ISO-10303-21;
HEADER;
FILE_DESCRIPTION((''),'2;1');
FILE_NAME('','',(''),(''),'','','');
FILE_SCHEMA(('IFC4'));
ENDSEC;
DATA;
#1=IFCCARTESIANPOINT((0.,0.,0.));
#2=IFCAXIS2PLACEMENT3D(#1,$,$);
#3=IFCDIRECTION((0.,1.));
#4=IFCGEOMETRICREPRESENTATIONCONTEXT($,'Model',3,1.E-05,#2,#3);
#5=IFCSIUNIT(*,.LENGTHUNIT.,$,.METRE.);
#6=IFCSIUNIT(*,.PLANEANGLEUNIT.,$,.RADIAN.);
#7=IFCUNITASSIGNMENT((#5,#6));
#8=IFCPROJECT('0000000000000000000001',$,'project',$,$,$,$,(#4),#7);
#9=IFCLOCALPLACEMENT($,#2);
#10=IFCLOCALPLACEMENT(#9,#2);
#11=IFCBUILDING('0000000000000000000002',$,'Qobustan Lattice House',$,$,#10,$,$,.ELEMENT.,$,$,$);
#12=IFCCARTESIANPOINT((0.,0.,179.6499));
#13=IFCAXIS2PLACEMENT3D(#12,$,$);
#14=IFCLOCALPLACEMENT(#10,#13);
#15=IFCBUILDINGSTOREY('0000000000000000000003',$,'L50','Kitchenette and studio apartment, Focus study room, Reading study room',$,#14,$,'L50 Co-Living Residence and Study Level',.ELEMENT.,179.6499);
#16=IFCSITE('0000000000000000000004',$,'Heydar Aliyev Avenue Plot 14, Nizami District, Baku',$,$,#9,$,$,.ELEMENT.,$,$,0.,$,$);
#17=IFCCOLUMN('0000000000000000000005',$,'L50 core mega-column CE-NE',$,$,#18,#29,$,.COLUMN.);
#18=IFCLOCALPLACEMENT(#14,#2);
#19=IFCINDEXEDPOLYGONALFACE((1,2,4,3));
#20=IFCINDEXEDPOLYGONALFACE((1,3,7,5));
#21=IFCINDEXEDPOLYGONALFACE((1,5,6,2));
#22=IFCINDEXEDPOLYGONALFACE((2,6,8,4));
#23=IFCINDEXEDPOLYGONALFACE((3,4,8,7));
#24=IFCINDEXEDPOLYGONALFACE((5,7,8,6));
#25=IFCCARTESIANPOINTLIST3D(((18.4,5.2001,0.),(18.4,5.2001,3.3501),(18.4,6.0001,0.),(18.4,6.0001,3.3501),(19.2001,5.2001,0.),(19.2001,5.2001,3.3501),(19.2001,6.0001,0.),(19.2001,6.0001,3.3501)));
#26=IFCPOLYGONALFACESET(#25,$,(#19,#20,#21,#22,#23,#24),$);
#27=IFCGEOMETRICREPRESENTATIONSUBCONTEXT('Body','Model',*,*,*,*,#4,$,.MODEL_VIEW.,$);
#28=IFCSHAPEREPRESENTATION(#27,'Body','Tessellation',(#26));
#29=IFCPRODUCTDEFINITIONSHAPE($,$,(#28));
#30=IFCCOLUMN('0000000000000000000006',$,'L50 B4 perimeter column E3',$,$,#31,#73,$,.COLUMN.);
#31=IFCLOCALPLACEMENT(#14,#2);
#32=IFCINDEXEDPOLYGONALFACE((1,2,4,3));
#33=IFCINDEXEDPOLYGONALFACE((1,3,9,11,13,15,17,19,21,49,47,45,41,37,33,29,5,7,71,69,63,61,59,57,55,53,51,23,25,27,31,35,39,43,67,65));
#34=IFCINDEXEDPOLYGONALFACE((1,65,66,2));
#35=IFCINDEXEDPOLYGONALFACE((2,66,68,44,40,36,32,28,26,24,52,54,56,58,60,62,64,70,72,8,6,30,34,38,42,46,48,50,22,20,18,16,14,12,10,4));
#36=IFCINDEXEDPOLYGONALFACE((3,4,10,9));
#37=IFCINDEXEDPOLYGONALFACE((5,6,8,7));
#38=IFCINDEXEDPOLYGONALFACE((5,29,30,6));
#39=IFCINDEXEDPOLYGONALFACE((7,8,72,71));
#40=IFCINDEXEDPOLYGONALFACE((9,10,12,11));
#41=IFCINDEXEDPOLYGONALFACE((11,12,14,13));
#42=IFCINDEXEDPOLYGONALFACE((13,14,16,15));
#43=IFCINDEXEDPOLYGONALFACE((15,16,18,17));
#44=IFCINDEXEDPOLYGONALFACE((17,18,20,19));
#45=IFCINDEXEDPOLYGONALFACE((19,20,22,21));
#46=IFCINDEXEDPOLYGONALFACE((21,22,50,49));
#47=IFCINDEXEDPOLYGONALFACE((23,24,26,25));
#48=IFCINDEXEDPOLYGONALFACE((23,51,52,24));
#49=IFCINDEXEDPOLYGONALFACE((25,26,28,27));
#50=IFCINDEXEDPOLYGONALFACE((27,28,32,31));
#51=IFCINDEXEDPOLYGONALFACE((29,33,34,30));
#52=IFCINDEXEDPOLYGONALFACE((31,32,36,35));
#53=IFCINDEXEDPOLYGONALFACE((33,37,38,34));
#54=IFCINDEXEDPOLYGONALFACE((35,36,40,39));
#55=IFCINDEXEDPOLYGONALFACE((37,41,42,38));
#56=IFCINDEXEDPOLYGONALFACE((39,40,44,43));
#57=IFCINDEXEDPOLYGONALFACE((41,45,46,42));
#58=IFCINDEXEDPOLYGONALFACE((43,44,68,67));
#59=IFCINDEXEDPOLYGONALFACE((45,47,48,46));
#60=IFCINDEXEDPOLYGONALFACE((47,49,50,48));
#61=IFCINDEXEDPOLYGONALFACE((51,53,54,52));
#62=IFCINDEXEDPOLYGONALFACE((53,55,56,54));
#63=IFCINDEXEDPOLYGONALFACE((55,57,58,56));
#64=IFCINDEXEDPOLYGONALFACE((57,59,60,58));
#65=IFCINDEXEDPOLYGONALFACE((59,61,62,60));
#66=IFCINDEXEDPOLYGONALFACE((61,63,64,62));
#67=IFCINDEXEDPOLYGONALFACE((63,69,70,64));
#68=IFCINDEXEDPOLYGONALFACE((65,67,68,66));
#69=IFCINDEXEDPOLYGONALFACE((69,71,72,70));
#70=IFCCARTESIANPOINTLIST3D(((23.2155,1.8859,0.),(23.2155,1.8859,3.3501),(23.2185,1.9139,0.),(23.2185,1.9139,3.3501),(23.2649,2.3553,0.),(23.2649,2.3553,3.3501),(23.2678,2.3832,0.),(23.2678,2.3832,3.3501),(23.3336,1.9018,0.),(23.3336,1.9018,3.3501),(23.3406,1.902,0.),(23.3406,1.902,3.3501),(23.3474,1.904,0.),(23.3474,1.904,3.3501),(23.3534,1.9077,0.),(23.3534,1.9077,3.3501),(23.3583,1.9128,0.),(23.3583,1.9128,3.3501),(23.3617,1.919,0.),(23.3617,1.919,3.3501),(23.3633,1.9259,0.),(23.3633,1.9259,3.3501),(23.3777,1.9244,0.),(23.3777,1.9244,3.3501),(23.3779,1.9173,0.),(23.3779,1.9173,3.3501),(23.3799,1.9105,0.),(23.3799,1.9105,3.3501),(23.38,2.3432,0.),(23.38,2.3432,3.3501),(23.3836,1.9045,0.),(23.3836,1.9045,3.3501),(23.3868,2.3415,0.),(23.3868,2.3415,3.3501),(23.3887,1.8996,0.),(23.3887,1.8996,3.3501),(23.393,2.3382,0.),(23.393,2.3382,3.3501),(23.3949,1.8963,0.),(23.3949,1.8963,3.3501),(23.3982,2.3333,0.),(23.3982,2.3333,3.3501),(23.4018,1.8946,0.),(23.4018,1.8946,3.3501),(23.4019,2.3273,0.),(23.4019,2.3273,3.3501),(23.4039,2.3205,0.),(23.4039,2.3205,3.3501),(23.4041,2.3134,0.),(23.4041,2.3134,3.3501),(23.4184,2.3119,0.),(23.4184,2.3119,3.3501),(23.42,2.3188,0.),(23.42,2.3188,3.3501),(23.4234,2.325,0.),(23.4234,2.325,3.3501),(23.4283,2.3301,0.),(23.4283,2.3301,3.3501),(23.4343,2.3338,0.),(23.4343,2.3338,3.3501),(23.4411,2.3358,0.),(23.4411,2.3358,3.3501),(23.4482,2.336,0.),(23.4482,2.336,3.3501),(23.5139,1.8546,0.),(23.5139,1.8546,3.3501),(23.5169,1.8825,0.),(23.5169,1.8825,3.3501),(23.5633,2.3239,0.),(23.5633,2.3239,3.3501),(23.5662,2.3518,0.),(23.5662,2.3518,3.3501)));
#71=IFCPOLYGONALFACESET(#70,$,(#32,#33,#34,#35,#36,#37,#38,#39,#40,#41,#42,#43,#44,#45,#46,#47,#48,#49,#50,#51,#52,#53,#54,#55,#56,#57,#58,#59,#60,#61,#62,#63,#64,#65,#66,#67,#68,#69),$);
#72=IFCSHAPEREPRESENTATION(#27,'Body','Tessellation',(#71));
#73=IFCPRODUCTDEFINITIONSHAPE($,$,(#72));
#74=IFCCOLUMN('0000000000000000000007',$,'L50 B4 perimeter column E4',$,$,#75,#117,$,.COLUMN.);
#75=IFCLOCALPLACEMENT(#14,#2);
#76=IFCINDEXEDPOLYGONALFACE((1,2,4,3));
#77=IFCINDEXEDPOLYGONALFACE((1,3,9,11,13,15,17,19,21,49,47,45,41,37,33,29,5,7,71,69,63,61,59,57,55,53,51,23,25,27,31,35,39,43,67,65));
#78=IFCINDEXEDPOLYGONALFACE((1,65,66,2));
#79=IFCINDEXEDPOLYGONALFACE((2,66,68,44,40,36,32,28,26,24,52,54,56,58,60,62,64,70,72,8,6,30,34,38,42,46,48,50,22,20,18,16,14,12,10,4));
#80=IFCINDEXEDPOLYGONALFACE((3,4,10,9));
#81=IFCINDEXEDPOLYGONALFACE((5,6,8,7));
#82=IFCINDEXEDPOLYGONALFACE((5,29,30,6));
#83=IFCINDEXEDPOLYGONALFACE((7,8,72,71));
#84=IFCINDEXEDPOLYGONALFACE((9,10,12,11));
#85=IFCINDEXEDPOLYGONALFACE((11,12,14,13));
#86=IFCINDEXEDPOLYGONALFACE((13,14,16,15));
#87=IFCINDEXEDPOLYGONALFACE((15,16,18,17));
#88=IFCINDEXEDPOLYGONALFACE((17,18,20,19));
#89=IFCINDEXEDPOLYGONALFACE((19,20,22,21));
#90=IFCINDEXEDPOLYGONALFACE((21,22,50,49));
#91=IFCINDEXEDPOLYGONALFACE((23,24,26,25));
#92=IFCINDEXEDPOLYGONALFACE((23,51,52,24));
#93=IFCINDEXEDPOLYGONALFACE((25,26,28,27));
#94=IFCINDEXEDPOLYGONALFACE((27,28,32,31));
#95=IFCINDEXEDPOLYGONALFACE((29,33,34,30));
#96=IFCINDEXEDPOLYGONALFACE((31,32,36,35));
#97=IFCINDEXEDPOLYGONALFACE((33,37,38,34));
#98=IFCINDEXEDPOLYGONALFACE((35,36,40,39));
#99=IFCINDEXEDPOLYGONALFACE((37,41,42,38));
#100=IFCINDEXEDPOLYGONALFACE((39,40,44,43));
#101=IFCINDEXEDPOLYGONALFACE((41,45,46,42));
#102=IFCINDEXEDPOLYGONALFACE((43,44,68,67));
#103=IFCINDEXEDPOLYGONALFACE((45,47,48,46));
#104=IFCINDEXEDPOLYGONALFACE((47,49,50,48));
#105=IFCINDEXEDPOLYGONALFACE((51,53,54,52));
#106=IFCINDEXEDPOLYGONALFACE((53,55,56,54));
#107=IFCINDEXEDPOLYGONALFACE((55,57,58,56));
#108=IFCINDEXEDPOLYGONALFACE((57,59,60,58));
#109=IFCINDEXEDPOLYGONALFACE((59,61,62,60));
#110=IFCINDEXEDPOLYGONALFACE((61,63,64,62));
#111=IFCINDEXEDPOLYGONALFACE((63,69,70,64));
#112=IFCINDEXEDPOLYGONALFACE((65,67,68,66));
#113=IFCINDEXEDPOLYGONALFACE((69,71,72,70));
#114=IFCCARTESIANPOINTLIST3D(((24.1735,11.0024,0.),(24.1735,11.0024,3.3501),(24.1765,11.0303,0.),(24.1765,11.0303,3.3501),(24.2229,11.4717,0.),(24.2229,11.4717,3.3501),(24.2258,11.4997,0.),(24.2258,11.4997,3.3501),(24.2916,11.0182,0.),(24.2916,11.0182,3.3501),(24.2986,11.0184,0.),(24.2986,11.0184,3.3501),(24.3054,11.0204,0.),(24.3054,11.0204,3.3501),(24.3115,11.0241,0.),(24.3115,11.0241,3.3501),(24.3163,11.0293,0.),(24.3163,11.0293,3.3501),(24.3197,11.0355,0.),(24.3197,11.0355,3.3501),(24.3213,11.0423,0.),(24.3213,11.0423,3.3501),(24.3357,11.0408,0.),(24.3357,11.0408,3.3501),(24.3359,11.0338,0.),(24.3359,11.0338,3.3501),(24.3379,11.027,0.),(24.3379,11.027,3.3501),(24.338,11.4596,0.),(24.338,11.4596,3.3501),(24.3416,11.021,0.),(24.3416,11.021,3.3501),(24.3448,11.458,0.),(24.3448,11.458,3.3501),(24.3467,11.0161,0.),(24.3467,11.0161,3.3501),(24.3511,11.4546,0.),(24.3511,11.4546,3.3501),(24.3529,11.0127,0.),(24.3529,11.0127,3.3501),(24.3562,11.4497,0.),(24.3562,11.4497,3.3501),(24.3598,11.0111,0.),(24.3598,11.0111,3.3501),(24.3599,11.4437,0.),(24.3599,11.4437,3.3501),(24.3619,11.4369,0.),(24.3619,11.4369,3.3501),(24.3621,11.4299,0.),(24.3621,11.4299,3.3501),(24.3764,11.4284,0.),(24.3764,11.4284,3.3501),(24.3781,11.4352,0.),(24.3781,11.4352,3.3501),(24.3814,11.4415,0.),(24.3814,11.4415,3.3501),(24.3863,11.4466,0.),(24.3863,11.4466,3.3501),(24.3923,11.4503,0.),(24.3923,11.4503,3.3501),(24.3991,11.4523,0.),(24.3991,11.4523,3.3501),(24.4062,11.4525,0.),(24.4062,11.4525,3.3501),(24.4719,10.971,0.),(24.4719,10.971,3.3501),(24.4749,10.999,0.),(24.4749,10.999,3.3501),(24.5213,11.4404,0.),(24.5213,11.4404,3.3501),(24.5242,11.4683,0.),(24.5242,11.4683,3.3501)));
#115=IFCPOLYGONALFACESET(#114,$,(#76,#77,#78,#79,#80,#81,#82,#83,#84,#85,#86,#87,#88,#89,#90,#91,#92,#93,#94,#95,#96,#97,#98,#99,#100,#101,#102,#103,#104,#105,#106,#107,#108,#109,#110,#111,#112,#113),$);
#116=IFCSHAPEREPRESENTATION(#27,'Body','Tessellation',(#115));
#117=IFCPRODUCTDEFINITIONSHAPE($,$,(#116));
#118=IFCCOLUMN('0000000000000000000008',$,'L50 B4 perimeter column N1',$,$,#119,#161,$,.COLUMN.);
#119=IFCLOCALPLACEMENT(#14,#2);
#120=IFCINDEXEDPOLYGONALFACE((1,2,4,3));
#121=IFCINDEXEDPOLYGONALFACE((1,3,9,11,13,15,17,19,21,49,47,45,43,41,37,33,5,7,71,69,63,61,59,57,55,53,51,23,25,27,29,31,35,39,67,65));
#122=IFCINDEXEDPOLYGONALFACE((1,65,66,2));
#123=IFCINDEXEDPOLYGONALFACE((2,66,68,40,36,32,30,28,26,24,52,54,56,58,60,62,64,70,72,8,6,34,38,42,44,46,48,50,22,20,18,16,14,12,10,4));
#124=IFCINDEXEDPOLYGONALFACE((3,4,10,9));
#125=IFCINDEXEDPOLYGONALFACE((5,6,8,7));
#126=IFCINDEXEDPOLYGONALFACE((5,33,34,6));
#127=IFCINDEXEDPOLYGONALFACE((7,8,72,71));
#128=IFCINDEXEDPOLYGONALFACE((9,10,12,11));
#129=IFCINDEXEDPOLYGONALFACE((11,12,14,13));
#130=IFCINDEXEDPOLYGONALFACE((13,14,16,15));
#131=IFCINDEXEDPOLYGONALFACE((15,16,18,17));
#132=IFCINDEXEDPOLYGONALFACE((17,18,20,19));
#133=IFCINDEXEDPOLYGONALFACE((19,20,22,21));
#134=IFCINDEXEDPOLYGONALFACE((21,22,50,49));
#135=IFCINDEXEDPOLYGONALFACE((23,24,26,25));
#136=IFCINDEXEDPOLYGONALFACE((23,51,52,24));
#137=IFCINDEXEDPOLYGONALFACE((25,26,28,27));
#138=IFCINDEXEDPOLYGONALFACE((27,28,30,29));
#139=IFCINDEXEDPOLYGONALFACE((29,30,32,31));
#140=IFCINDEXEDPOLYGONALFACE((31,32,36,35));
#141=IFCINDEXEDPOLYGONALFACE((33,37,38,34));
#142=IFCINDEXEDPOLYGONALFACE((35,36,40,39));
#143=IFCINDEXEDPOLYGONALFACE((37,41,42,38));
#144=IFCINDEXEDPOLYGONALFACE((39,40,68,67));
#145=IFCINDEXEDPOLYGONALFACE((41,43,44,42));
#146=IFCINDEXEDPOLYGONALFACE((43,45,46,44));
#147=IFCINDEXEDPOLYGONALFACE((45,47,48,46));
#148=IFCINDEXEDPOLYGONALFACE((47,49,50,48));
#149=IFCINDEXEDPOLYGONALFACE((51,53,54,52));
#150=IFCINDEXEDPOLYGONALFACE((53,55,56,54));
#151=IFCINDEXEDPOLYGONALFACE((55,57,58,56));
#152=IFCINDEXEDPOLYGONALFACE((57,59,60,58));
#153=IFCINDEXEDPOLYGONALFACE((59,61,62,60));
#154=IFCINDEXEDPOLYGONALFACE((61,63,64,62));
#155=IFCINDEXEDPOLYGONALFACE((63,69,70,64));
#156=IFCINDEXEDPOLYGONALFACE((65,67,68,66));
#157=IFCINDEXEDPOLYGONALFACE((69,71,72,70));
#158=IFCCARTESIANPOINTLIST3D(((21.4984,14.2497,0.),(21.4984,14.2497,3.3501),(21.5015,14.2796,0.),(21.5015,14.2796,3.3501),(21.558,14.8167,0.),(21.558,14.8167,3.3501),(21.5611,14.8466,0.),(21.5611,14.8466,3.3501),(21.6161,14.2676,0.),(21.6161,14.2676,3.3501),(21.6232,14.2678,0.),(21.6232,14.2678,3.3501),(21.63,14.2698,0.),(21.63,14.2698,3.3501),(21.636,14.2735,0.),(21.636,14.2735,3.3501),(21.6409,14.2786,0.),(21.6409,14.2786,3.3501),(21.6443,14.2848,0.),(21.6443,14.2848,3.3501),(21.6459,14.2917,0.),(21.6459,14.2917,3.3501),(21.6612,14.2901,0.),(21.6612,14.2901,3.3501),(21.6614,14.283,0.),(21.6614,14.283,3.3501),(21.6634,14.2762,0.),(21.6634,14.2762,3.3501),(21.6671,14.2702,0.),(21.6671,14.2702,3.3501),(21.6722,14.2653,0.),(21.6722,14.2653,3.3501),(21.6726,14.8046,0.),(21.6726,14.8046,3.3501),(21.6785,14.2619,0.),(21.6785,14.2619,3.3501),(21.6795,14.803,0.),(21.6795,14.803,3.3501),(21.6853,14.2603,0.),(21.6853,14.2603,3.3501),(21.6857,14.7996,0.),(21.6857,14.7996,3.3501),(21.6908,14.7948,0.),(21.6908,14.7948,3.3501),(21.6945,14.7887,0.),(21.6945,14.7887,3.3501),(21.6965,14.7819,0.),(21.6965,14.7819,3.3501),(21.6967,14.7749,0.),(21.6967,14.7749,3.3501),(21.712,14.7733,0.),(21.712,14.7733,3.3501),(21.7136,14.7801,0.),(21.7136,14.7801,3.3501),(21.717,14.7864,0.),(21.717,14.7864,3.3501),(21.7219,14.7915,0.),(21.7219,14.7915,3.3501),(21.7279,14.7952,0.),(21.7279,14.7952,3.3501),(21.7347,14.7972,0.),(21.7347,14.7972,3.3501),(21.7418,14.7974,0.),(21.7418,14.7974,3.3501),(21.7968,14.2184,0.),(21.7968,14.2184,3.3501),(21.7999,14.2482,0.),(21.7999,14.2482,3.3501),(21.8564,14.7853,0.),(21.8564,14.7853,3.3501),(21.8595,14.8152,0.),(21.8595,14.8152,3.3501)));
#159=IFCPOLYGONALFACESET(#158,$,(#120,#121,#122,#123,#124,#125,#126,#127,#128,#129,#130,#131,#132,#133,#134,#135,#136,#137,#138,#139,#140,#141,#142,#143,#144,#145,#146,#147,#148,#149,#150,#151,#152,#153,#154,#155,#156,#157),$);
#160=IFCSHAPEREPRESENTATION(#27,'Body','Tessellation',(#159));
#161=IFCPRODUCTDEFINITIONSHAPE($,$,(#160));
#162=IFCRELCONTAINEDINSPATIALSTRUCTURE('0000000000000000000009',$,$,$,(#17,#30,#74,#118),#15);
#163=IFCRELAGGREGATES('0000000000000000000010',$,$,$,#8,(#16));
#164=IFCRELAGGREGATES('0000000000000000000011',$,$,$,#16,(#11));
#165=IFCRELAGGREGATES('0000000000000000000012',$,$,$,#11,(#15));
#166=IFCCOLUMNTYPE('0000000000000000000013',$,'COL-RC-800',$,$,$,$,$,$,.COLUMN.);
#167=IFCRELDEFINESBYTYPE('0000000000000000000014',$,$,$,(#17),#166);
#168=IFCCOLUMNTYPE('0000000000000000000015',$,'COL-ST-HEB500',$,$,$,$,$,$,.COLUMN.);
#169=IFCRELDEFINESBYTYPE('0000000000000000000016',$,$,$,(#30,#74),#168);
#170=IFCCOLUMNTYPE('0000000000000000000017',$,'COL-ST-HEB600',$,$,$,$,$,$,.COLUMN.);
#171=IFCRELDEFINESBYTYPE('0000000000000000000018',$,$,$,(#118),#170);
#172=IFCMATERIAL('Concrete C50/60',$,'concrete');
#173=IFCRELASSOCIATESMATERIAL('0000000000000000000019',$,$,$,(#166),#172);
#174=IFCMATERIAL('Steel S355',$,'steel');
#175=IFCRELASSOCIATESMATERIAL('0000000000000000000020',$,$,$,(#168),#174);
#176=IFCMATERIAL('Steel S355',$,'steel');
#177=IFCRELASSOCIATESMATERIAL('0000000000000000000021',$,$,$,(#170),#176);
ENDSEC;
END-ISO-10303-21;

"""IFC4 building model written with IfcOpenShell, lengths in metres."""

from ifc_helpers import new_model, si_unit, direction, frame, origin, origin_2d, place, context, subcontext, project, spatial, rectangle, i_section, extrude, material, material_profile, profile_set, type_object, element, save


model = new_model("IFC4")

# Units and contexts
model_context = context("Model", 3, precision=1e-05, world=origin(), true_north=direction((0.0, 1.0)))
body_context = subcontext(model_context, "Body", "Model", "MODEL_VIEW")
ifc_project = project(units=[si_unit("LENGTHUNIT", "METRE"), si_unit("PLANEANGLEUNIT", "RADIAN")], contexts=[model_context])

# Site, building, storey
site_placement = place(None, origin())
site = spatial("IfcSite", under=ifc_project, at=site_placement, Name="Heydar Aliyev Avenue Plot 14, Nizami District, Baku", CompositionType="ELEMENT", RefElevation=0.0)
building_placement = place(site_placement, origin())
building = spatial("IfcBuilding", under=site, at=building_placement, Name="Qobustan Lattice House", CompositionType="ELEMENT")
storey_placement = place(building_placement, frame((0.0, 0.0, 179.6499)))
storey = spatial("IfcBuildingStorey", under=building, at=storey_placement, Name="L50", Description="Kitchenette and studio apartment, Focus study room, Reading study room", LongName="L50 Co-Living Residence and Study Level", CompositionType="ELEMENT", Elevation=179.6499)

# Columns
ifc_material_1 = material(Name="Concrete C50/60", Category="concrete")
ifc_material_profile_1 = material_profile(ifc_material_1, rectangle(XDim=0.8, YDim=0.8, at=origin_2d()), Name="RC800x800")
ifc_profile_set_1 = profile_set([ifc_material_profile_1], Name="Concrete C50/60")
column_type_1 = type_object("IfcColumnType", Name="COL-RC-800", PredefinedType="COLUMN", material=ifc_profile_set_1)
column_1_placement = place(storey_placement, frame((18.8, 5.6001, 0.0), z_axis=(0.0, 0.0, 1.0), x_axis=(1.0, 0.0, 0.0)))
element("IfcColumn", 1, at=column_1_placement, inside=storey, type_object=column_type_1, Name="L50 core mega-column CE-NE", PredefinedType="COLUMN", context=body_context, shape_type="SweptSolid", body=[
    extrude(rectangle(XDim=0.8, YDim=0.8, at=origin_2d()), origin(), (0.0, 0.0, 1.0), 3.3501),
])
ifc_material_2 = material(Name="Steel S355", Category="steel")
ifc_material_profile_2 = material_profile(ifc_material_2, i_section(OverallWidth=0.3, OverallDepth=0.5, WebThickness=0.0144, FlangeThickness=0.0281, FilletRadius=0.0271, at=origin_2d()), Name="HEB500")
ifc_profile_set_2 = profile_set([ifc_material_profile_2], Name="Steel S355")
column_type_2 = type_object("IfcColumnType", Name="COL-ST-HEB500", PredefinedType="COLUMN", material=ifc_profile_set_2)
for number, where, z_axis, x_axis, name in (
    (2, (23.3909, 2.1189, 0.0), (0.0, 0.0, 1.0), (0.994522, -0.104528, 0.0), "L50 B4 perimeter column E3"),
    (3, (24.3489, 11.2354, 0.0), (0.0, 0.0, 1.0), (0.994522, -0.104528, 0.0), "L50 B4 perimeter column E4"),
):
    element("IfcColumn", number, at=place(storey_placement, frame(where, z_axis=z_axis, x_axis=x_axis)), inside=storey, type_object=column_type_2, Name=name, PredefinedType="COLUMN", context=body_context, shape_type="SweptSolid", body=[
        extrude(i_section(OverallWidth=0.3, OverallDepth=0.5, WebThickness=0.0144, FlangeThickness=0.0281, FilletRadius=0.0271, at=origin_2d()), origin(), (0.0, 0.0, 1.0), 3.3501),
    ])
ifc_material_3 = material(Name="Steel S355", Category="steel")
ifc_material_profile_3 = material_profile(ifc_material_3, i_section(OverallWidth=0.3, OverallDepth=0.6001, WebThickness=0.0154, FlangeThickness=0.03, FilletRadius=0.0271, at=origin_2d()), Name="HEB600")
ifc_profile_set_3 = profile_set([ifc_material_profile_3], Name="Steel S355")
column_type_3 = type_object("IfcColumnType", Name="COL-ST-HEB600", PredefinedType="COLUMN", material=ifc_profile_set_3)
column_2_placement = place(storey_placement, frame((21.679, 14.5325, 0.0), z_axis=(0.0, 0.0, 1.0), x_axis=(0.994522, -0.104528, 0.0)))
element("IfcColumn", 4, at=column_2_placement, inside=storey, type_object=column_type_3, Name="L50 B4 perimeter column N1", PredefinedType="COLUMN", context=body_context, shape_type="SweptSolid", body=[
    extrude(i_section(OverallWidth=0.3, OverallDepth=0.6001, WebThickness=0.0154, FlangeThickness=0.03, FilletRadius=0.0271, at=origin_2d()), origin(), (0.0, 0.0, 1.0), 3.3501),
])

save(model, "model.ifc")
